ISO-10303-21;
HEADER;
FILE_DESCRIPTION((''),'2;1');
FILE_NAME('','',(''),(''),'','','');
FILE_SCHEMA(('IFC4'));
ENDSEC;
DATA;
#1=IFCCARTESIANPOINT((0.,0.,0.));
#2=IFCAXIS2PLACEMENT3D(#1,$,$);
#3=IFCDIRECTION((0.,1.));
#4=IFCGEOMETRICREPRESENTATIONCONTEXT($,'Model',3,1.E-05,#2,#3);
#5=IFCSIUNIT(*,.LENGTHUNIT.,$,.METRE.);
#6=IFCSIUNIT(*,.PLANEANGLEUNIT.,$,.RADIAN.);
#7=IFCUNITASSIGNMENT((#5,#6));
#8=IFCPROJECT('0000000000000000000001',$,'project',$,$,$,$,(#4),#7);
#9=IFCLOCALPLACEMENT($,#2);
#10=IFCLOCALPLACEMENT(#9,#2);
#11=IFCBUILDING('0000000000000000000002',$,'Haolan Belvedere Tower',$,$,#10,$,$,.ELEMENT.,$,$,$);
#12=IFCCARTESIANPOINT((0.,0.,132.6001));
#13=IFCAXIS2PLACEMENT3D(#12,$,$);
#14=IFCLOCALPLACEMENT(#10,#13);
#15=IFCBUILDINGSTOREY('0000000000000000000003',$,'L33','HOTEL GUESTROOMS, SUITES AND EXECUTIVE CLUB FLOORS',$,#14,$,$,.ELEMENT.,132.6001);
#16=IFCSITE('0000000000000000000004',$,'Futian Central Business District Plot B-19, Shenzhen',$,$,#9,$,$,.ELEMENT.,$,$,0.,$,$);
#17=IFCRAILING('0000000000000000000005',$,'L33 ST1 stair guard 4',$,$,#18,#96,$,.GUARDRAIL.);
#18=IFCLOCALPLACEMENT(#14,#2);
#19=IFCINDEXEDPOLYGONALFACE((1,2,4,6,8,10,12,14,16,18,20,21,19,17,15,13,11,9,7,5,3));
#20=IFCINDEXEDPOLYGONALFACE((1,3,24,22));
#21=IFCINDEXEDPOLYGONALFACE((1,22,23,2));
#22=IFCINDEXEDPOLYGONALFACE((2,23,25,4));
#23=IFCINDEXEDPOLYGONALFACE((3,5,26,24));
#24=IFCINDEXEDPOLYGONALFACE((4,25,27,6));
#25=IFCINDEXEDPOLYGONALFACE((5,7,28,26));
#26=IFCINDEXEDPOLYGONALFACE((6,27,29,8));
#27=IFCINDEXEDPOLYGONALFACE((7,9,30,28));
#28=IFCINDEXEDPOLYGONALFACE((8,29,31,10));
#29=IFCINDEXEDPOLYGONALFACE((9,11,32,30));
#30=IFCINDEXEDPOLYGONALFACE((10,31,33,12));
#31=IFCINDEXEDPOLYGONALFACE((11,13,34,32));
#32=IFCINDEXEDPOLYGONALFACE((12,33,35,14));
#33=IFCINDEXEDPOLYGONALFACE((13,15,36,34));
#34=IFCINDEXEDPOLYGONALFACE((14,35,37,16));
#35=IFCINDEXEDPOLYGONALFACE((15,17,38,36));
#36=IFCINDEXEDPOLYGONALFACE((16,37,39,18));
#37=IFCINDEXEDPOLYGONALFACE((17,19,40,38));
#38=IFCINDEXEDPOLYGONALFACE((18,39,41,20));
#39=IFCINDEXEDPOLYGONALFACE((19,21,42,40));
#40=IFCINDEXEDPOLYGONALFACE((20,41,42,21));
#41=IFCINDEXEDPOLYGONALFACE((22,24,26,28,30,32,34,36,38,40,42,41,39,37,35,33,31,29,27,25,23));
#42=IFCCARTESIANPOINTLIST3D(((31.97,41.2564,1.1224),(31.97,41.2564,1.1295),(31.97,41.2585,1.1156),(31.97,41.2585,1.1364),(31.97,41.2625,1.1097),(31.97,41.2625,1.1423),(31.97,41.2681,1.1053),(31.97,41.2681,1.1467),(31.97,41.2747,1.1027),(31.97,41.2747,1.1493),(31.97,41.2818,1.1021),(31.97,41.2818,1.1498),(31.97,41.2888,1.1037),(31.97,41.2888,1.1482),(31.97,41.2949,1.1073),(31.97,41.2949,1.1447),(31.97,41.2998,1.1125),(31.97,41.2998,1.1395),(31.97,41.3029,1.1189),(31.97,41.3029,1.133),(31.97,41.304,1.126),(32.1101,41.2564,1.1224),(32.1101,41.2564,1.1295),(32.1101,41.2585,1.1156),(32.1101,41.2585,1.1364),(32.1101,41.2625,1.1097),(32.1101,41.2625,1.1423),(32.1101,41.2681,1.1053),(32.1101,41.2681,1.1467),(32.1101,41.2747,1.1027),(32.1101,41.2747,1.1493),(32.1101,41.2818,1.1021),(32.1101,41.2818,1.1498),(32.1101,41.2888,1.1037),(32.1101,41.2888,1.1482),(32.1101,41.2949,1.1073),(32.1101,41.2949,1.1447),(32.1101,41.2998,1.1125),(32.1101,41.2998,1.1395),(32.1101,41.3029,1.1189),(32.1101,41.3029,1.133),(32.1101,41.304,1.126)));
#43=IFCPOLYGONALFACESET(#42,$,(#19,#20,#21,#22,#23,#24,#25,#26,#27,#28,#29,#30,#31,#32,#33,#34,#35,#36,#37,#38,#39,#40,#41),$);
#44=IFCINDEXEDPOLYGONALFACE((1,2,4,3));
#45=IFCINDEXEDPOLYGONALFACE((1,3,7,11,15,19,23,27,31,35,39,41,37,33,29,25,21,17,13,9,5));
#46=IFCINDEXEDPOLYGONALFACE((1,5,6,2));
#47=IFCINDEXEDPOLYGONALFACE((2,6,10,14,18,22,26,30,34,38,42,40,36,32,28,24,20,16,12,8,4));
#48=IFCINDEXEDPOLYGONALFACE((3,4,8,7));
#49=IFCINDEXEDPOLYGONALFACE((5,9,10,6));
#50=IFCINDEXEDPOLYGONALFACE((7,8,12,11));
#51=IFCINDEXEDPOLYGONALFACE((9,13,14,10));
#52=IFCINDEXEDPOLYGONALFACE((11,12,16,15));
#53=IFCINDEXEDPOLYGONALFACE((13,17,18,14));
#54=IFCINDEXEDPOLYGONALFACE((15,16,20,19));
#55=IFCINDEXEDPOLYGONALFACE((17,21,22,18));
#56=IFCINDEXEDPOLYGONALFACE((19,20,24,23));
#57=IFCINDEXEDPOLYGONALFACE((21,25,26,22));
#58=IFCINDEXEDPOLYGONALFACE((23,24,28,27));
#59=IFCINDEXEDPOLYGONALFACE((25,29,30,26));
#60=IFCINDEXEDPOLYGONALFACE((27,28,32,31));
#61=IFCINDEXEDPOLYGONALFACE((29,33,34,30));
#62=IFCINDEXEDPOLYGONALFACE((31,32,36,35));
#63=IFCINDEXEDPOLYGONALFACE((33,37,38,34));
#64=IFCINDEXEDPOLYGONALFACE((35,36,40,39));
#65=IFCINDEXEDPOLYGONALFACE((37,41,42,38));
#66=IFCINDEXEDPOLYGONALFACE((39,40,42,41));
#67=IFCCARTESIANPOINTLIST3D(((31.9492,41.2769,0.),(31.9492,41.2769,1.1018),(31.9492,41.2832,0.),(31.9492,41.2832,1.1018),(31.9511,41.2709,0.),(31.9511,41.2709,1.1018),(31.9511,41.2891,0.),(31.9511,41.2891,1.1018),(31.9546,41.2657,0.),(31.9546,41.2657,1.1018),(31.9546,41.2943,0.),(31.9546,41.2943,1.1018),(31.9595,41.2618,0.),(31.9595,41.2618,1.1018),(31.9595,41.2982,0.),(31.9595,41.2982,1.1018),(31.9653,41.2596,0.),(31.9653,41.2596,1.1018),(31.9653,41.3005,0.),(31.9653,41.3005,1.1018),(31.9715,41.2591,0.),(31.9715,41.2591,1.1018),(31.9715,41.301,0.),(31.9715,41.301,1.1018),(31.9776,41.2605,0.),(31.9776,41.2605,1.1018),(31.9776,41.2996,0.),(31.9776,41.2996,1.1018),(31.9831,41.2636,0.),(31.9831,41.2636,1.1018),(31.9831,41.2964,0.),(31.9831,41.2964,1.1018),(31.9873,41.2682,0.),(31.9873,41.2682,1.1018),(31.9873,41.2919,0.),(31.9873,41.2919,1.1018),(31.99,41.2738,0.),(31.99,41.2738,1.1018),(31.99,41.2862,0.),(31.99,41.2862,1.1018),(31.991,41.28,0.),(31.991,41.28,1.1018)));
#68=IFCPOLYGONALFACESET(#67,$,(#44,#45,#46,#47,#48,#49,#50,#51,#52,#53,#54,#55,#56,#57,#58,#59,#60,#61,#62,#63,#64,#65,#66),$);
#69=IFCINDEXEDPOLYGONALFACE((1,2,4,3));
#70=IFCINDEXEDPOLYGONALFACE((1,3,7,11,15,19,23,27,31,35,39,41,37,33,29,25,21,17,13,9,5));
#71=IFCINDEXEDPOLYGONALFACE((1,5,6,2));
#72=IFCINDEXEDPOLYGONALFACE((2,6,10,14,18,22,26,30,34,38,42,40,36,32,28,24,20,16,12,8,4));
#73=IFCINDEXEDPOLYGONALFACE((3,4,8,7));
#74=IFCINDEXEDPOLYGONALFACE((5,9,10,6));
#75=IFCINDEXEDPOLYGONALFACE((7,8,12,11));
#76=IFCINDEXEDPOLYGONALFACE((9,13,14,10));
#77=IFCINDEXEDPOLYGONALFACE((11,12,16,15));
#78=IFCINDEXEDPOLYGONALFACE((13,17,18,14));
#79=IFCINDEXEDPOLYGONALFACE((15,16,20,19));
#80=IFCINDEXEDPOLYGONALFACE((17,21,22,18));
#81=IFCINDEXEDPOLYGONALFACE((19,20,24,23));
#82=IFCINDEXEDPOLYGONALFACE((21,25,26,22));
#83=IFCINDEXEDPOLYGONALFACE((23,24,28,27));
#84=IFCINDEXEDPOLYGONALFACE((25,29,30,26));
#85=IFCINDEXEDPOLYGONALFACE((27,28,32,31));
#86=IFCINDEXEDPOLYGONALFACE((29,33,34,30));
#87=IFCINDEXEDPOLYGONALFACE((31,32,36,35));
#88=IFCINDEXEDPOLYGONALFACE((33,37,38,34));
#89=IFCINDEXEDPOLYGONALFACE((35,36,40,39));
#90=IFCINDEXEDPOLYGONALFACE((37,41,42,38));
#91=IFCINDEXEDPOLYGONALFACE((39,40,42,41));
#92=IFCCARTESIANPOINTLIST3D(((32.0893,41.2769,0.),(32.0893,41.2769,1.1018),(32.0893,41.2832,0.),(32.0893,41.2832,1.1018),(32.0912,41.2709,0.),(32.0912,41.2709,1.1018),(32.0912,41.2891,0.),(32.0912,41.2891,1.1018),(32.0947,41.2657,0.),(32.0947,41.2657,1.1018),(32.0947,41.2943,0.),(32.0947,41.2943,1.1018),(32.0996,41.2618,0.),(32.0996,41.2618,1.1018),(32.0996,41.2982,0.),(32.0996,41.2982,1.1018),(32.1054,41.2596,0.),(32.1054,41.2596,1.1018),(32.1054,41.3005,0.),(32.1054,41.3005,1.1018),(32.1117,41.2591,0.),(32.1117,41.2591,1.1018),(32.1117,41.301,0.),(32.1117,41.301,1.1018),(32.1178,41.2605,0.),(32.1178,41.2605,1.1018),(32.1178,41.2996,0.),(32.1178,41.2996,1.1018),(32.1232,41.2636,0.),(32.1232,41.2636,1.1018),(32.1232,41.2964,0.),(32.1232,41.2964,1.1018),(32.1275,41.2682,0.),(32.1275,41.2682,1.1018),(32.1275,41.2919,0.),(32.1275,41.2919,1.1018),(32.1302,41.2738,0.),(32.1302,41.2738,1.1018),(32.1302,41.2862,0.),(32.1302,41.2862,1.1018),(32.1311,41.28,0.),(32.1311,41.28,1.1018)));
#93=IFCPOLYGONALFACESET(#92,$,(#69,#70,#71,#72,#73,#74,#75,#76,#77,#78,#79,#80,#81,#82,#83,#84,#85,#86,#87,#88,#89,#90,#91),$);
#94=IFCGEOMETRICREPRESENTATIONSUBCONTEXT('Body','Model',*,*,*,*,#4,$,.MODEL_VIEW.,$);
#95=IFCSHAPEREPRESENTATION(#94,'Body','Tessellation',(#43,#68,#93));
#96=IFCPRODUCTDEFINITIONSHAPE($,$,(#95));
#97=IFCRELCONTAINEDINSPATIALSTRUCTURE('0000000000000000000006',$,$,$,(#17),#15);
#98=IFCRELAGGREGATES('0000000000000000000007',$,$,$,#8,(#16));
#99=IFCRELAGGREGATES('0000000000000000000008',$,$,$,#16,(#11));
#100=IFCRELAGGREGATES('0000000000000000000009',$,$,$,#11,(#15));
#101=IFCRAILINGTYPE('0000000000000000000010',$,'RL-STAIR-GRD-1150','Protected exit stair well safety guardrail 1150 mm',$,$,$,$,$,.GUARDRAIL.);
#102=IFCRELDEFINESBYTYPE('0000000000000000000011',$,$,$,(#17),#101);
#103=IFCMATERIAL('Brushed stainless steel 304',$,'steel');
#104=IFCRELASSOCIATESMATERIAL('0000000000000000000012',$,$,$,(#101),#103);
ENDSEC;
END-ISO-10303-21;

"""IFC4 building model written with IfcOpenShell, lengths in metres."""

from ifc_helpers import new_model, si_unit, direction, frame, origin, origin_2d, place, context, subcontext, project, spatial, circle, extrude, material, type_object, element, save


model = new_model("IFC4")

# Units and contexts
model_context = context("Model", 3, precision=1e-05, world=origin(), true_north=direction((0.0, 1.0)))
body_context = subcontext(model_context, "Body", "Model", "MODEL_VIEW")
ifc_project = project(units=[si_unit("LENGTHUNIT", "METRE"), si_unit("PLANEANGLEUNIT", "RADIAN")], contexts=[model_context])

# Site, building, storey
site_placement = place(None, origin())
site = spatial("IfcSite", under=ifc_project, at=site_placement, Name="Futian Central Business District Plot B-19, Shenzhen", CompositionType="ELEMENT", RefElevation=0.0)
building_placement = place(site_placement, origin())
building = spatial("IfcBuilding", under=site, at=building_placement, Name="Haolan Belvedere Tower", CompositionType="ELEMENT")
storey_placement = place(building_placement, frame((0.0, 0.0, 132.6001)))
storey = spatial("IfcBuildingStorey", under=building, at=storey_placement, Name="L33", Description="HOTEL GUESTROOMS, SUITES AND EXECUTIVE CLUB FLOORS", CompositionType="ELEMENT", Elevation=132.6001)

# Railing
ifc_material_1 = material(Name="Brushed stainless steel 304", Category="steel")
railing_type_1 = type_object("IfcRailingType", Name="RL-STAIR-GRD-1150", Description="Protected exit stair well safety guardrail 1150 mm", PredefinedType="GUARDRAIL", material=ifc_material_1)
railing_1_placement = place(storey_placement, frame((31.97, 41.28, 0.0)))
element("IfcRailing", 1, at=railing_1_placement, inside=storey, type_object=railing_type_1, Name="L33 ST1 stair guard 4", PredefinedType="GUARDRAIL", context=body_context, shape_type="SweptSolid", body=[
    extrude(circle(Radius=0.0239, at=origin_2d()), frame((0.0, 0.0, 1.126), z_axis=(1.0, 0.0, 0.0), x_axis=(0.0, 1.0, 0.0)), (0.0, 0.0, 1.0), 0.1401),
    extrude(circle(Radius=0.021, at=origin_2d()), origin(), (0.0, 0.0, 1.0), 1.1018),
    extrude(circle(Radius=0.021, at=origin_2d()), frame((0.1401, 0.0, 0.0)), (0.0, 0.0, 1.0), 1.1018),
])

save(model, "model.ifc")
